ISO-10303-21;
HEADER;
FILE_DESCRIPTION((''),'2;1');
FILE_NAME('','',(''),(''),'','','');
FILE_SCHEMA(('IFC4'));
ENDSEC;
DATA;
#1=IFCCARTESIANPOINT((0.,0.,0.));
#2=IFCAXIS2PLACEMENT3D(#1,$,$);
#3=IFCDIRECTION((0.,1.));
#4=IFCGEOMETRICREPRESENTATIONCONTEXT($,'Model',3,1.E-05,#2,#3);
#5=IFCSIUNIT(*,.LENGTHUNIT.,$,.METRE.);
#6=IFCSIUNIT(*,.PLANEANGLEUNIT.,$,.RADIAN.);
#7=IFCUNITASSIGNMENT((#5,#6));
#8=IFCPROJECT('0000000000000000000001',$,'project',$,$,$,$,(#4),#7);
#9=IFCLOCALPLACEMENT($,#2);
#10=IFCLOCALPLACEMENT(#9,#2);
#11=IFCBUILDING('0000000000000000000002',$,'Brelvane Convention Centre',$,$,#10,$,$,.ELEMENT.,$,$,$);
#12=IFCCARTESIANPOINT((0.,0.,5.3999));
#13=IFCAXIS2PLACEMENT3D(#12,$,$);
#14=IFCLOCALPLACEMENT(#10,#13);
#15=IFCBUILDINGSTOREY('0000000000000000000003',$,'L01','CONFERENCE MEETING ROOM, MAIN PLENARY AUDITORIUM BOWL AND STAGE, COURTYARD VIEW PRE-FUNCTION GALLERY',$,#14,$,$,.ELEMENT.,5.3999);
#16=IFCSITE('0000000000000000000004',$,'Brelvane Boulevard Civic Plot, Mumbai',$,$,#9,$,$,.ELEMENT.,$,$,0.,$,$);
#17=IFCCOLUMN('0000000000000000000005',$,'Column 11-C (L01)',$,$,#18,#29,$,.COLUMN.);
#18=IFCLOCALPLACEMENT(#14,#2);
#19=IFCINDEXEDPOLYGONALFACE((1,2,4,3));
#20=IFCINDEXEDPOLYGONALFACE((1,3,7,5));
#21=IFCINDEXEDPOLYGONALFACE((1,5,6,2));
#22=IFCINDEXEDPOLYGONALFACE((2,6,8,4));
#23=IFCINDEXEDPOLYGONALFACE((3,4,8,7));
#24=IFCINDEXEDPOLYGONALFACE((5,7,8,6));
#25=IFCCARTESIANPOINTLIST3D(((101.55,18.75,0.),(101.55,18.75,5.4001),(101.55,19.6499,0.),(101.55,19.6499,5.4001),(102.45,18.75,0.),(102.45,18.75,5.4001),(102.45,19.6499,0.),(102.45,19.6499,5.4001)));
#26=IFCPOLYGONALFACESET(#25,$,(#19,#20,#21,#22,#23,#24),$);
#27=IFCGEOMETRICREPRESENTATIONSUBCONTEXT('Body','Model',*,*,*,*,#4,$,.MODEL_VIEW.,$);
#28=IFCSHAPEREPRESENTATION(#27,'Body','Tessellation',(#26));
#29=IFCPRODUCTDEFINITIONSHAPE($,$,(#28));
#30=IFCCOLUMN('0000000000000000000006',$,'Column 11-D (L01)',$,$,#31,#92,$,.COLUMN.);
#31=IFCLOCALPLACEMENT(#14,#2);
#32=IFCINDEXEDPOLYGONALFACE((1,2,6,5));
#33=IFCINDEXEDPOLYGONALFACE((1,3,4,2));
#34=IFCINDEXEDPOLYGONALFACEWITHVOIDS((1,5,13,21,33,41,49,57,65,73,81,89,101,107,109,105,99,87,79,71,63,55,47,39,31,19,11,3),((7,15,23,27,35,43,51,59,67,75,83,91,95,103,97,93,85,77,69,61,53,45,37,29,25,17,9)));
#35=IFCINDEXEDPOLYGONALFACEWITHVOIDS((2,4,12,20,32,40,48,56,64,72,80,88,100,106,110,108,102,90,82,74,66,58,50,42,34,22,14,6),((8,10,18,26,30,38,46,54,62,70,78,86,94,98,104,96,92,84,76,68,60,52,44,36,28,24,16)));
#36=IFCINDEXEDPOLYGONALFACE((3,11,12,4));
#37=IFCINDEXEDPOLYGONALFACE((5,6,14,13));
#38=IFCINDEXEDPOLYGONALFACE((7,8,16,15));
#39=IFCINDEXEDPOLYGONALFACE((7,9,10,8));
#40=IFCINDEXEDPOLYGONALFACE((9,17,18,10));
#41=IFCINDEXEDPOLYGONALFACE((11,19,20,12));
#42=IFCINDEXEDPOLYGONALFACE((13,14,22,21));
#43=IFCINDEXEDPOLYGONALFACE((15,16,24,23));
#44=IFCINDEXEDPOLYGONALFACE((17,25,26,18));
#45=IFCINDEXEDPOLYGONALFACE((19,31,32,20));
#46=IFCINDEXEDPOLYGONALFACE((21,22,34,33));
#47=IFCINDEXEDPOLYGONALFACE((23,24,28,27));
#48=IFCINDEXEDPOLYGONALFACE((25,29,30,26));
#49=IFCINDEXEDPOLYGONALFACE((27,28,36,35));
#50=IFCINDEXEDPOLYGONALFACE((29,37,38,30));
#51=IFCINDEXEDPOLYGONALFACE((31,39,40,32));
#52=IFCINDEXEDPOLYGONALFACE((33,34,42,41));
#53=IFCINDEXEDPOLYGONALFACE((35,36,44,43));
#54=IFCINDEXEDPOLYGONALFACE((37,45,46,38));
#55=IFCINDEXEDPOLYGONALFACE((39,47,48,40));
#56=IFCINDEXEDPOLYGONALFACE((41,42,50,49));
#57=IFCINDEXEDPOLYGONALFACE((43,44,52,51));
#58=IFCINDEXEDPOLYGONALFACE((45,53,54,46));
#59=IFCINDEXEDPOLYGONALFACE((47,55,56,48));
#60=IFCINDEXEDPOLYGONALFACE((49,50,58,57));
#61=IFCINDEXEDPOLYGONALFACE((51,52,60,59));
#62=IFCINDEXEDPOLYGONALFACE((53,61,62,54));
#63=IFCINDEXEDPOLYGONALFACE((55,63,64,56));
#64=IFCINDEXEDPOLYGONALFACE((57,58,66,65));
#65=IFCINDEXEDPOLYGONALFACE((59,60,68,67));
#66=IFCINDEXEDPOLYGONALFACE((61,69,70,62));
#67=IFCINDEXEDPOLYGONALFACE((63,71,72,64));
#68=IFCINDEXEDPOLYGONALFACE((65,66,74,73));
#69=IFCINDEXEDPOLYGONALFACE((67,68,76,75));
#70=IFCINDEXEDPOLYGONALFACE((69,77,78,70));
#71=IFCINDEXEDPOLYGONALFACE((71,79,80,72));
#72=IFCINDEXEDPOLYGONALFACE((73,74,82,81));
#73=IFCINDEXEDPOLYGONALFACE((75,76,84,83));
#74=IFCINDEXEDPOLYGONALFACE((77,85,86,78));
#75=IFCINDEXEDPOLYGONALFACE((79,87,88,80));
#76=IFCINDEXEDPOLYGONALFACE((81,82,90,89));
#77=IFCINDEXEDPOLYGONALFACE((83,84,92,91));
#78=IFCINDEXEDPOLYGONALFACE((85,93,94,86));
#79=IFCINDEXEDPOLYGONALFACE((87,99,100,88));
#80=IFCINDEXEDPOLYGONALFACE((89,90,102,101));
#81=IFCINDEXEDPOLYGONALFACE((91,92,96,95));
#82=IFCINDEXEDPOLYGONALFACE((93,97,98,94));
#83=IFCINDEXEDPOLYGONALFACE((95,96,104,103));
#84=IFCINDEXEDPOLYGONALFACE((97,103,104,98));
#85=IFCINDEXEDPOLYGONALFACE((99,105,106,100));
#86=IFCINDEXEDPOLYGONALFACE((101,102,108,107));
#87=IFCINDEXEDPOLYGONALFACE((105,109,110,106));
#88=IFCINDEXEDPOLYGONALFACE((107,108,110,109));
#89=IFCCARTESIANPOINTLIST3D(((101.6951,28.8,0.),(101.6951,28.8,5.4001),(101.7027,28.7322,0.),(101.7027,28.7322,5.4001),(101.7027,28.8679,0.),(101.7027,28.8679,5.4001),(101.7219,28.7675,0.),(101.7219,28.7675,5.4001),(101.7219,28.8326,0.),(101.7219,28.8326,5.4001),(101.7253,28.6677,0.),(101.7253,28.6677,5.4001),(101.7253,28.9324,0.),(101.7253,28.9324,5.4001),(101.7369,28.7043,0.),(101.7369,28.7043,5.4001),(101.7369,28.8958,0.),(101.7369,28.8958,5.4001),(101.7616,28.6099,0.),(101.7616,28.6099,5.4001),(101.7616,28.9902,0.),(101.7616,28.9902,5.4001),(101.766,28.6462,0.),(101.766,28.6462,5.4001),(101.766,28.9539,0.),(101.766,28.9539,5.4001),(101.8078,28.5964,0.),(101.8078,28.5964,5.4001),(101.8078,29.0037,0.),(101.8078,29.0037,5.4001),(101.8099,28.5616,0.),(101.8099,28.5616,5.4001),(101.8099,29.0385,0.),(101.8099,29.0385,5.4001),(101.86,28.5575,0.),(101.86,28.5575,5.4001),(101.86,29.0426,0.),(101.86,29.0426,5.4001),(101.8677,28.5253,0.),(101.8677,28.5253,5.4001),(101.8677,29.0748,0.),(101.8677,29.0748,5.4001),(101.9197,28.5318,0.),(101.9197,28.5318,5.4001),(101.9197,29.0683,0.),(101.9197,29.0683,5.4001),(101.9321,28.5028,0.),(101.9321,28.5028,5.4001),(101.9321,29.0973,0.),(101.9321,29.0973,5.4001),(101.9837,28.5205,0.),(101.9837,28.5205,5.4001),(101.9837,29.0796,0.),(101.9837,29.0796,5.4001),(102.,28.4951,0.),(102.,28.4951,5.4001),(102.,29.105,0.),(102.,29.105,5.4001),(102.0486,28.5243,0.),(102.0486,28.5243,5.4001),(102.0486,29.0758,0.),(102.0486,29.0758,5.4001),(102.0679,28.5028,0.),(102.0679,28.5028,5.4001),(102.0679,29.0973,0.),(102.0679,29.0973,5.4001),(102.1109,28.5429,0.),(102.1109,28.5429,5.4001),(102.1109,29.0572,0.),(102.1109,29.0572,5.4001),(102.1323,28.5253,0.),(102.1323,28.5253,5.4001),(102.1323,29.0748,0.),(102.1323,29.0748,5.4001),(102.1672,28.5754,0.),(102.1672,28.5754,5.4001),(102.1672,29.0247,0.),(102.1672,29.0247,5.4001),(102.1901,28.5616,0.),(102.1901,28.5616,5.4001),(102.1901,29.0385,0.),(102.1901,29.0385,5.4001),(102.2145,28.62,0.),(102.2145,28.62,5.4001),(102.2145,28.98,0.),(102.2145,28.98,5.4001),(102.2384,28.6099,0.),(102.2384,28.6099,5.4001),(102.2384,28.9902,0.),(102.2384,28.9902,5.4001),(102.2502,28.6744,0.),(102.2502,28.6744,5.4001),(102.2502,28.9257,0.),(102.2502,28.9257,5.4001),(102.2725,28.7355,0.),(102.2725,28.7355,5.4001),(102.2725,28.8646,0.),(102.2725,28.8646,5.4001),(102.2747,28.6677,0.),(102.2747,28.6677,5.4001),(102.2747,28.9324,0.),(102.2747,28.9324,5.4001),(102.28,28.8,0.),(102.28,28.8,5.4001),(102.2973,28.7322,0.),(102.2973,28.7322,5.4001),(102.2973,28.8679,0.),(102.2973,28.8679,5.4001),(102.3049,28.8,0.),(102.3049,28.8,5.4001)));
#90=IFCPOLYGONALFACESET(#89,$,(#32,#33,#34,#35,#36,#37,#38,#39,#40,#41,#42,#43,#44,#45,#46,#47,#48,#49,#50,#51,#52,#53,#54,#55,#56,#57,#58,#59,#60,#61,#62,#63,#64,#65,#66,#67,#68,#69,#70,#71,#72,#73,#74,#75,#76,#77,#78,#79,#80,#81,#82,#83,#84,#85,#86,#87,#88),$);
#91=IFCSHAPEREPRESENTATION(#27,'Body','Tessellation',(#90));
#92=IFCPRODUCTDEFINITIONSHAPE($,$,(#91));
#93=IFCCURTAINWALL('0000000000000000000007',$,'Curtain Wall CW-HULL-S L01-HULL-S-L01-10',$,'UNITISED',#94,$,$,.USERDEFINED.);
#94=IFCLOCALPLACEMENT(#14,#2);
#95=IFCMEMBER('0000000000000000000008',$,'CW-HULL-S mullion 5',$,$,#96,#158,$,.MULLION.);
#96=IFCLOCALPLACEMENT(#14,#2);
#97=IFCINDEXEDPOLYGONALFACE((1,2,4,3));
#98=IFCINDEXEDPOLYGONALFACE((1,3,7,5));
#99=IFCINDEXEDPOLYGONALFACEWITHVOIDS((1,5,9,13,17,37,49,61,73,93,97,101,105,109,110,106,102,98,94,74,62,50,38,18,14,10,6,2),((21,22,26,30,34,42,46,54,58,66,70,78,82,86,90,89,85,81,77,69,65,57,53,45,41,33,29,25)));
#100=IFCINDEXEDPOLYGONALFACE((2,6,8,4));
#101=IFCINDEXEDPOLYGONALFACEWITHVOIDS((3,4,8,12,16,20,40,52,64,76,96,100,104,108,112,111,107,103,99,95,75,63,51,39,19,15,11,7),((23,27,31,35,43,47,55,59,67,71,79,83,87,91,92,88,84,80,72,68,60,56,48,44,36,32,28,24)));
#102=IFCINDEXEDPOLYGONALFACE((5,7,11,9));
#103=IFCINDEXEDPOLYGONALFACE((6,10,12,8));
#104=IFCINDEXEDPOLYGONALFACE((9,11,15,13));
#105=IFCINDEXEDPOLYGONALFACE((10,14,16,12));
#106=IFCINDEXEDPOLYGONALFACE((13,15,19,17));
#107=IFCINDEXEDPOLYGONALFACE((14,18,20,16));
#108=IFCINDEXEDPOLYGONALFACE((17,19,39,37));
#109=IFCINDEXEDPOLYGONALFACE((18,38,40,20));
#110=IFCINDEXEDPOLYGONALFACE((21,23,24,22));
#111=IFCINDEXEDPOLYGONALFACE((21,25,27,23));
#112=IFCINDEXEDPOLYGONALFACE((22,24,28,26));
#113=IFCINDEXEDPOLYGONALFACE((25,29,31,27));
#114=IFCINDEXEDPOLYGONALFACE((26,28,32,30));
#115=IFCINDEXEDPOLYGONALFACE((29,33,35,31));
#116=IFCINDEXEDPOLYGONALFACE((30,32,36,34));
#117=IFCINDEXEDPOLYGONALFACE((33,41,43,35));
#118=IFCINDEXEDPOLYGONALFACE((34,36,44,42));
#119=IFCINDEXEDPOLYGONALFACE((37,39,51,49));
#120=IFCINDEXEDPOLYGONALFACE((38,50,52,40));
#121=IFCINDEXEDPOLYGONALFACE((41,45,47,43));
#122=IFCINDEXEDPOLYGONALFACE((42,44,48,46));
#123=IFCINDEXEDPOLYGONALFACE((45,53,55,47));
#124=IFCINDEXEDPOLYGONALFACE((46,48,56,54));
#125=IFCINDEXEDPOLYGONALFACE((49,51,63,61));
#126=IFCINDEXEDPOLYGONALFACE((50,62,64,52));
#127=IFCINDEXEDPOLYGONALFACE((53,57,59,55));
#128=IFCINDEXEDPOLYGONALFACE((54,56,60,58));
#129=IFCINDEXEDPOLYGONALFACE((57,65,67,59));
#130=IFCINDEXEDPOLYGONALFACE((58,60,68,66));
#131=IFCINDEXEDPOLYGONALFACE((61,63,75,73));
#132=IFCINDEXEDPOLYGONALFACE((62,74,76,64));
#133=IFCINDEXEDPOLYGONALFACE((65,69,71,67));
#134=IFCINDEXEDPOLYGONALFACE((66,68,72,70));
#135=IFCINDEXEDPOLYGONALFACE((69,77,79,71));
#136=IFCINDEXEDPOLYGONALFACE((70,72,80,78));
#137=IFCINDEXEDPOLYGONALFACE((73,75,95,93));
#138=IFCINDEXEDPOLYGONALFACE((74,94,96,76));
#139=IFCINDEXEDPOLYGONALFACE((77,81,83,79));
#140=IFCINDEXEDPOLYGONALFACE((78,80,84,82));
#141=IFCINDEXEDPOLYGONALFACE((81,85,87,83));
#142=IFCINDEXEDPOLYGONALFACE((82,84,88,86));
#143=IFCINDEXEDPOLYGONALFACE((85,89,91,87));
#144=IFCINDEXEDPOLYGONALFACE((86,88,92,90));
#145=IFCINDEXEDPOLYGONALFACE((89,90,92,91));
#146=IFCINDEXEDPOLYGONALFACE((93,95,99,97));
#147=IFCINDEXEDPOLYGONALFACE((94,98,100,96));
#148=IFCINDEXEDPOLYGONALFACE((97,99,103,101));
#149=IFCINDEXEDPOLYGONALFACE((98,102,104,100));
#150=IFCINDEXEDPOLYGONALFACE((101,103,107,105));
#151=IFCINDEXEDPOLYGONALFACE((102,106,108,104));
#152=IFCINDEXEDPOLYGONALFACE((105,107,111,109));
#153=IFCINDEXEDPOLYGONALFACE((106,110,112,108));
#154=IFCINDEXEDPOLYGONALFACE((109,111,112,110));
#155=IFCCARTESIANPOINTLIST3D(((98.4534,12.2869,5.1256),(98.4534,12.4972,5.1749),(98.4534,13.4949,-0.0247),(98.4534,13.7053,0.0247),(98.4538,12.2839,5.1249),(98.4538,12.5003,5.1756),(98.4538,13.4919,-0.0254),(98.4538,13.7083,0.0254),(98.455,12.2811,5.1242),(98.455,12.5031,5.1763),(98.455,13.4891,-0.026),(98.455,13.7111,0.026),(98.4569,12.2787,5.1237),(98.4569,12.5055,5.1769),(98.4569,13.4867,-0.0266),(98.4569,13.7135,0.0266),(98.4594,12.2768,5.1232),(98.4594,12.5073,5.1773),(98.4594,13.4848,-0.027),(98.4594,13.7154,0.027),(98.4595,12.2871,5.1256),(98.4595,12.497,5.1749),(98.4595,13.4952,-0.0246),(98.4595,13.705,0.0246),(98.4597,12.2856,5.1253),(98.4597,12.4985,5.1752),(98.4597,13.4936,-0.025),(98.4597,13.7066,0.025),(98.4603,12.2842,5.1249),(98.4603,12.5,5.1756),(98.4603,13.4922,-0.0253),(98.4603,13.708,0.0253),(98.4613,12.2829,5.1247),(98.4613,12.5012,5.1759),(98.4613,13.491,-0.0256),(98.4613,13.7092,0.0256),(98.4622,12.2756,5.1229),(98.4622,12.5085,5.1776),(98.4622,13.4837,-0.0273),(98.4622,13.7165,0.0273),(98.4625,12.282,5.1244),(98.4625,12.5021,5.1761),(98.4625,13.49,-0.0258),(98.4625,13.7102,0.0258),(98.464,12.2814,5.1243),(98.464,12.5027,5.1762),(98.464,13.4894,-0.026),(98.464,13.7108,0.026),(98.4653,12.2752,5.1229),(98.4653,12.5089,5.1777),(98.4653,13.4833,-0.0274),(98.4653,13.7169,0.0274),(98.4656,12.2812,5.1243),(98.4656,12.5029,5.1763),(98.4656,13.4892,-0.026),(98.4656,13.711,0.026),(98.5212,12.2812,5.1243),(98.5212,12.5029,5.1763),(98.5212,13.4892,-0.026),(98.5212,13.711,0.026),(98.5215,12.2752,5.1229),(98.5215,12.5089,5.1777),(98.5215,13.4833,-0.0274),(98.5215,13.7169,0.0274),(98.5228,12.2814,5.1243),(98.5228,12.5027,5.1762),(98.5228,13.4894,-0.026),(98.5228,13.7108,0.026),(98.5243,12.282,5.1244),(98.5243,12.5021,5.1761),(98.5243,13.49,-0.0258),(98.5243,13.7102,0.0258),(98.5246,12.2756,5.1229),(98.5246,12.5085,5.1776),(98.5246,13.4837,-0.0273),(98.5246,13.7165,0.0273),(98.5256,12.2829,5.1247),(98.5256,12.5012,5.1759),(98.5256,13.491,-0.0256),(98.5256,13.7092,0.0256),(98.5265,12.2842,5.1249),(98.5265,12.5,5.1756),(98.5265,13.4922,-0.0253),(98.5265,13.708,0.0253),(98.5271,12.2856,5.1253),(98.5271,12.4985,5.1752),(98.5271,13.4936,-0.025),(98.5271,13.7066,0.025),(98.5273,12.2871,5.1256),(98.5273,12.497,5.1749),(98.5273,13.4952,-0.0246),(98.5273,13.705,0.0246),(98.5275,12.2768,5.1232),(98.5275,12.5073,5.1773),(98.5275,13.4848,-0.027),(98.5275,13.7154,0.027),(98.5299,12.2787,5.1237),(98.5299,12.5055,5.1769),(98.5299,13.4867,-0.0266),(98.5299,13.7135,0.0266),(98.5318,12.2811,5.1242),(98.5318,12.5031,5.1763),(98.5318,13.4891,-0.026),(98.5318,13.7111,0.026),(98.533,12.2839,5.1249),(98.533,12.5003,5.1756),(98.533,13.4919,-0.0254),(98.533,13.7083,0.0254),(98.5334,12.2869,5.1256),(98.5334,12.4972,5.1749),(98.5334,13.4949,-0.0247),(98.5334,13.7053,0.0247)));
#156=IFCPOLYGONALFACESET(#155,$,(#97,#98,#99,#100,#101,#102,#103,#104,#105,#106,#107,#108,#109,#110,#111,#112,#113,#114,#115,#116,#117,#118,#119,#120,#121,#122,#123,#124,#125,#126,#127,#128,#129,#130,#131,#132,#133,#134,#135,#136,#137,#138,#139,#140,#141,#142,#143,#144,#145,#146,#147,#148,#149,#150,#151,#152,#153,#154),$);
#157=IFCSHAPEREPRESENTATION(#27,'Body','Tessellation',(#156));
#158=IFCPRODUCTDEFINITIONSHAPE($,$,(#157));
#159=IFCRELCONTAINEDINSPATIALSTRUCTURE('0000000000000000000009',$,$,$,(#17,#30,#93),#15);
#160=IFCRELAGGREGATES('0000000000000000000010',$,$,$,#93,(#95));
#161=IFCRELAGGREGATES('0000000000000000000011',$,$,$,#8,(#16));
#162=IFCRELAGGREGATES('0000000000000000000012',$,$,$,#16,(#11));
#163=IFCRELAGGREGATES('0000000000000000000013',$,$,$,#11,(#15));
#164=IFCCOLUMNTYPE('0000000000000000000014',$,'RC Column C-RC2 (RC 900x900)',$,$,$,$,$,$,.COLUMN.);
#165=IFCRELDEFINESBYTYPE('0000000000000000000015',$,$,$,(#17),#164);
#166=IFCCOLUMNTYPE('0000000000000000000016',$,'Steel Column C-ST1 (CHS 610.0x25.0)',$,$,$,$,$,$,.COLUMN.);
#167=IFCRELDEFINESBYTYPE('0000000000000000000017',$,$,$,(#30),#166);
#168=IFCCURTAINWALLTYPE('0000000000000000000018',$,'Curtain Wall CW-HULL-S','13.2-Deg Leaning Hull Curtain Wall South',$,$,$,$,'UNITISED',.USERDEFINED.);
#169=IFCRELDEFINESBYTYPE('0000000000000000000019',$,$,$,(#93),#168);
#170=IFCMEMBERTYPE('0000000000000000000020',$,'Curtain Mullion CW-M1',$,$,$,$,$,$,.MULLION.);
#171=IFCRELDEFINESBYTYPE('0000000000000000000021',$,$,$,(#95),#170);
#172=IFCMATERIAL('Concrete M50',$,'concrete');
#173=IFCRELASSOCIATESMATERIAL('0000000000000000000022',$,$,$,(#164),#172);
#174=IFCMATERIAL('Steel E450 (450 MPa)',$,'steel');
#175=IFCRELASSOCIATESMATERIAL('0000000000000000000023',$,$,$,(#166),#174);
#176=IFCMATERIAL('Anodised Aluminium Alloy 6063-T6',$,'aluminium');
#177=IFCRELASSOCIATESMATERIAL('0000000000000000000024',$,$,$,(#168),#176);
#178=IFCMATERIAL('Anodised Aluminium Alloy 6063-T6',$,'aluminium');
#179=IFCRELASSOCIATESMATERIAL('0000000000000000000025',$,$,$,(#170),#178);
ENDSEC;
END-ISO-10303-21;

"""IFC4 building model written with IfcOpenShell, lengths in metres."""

from ifc_helpers import new_model, si_unit, direction, frame, origin, origin_2d, place, context, subcontext, project, spatial, rectangle, hollow_rectangle, hollow_circle, extrude, material, material_profile, profile_set, type_object, element, aggregate, save


model = new_model("IFC4")

# Units and contexts
model_context = context("Model", 3, precision=1e-05, world=origin(), true_north=direction((0.0, 1.0)))
body_context = subcontext(model_context, "Body", "Model", "MODEL_VIEW")
ifc_project = project(units=[si_unit("LENGTHUNIT", "METRE"), si_unit("PLANEANGLEUNIT", "RADIAN")], contexts=[model_context])

# Site, building, storey
site_placement = place(None, origin())
site = spatial("IfcSite", under=ifc_project, at=site_placement, Name="Brelvane Boulevard Civic Plot, Mumbai", CompositionType="ELEMENT", RefElevation=0.0)
building_placement = place(site_placement, origin())
building = spatial("IfcBuilding", under=site, at=building_placement, Name="Brelvane Convention Centre", CompositionType="ELEMENT")
storey_placement = place(building_placement, frame((0.0, 0.0, 5.3999)))
storey = spatial("IfcBuildingStorey", under=building, at=storey_placement, Name="L01", Description="CONFERENCE MEETING ROOM, MAIN PLENARY AUDITORIUM BOWL AND STAGE, COURTYARD VIEW PRE-FUNCTION GALLERY", CompositionType="ELEMENT", Elevation=5.3999)

# Columns
ifc_material_1 = material(Name="Concrete M50", Category="concrete")
ifc_material_profile_1 = material_profile(ifc_material_1, rectangle(XDim=0.8999, YDim=0.8999, at=origin_2d()), Name="RC 900x900")
ifc_profile_set_1 = profile_set([ifc_material_profile_1], Name="Concrete M50")
column_type_1 = type_object("IfcColumnType", Name="RC Column C-RC2 (RC 900x900)", PredefinedType="COLUMN", material=ifc_profile_set_1)
column_1_placement = place(storey_placement, frame((102.0, 19.2, 0.0), z_axis=(0.0, 0.0, 1.0), x_axis=(1.0, 0.0, 0.0)))
element("IfcColumn", 1, at=column_1_placement, inside=storey, type_object=column_type_1, Name="Column 11-C (L01)", PredefinedType="COLUMN", context=body_context, shape_type="SweptSolid", body=[
    extrude(rectangle(XDim=0.8999, YDim=0.8999, at=origin_2d()), origin(), (0.0, 0.0, 1.0), 5.4001),
])
ifc_material_2 = material(Name="Steel E450 (450 MPa)", Category="steel")
ifc_material_profile_2 = material_profile(ifc_material_2, hollow_circle(Radius=0.3049, WallThickness=0.0249, at=origin_2d()), Name="CHS 610.0x25.0")
ifc_profile_set_2 = profile_set([ifc_material_profile_2], Name="Steel E450 (450 MPa)")
column_type_2 = type_object("IfcColumnType", Name="Steel Column C-ST1 (CHS 610.0x25.0)", PredefinedType="COLUMN", material=ifc_profile_set_2)
column_2_placement = place(storey_placement, frame((102.0, 28.8, 0.0), z_axis=(0.0, 0.0, 1.0), x_axis=(1.0, 0.0, 0.0)))
element("IfcColumn", 2, at=column_2_placement, inside=storey, type_object=column_type_2, Name="Column 11-D (L01)", PredefinedType="COLUMN", context=body_context, shape_type="SweptSolid", body=[
    extrude(hollow_circle(Radius=0.3049, WallThickness=0.0249, at=origin_2d()), origin(), (0.0, 0.0, 1.0), 5.4001),
])

# Curtain wall, member
ifc_material_3 = material(Name="Anodised Aluminium Alloy 6063-T6", Category="aluminium")
curtain_wall_type = type_object("IfcCurtainWallType", Name="Curtain Wall CW-HULL-S", Description="13.2-Deg Leaning Hull Curtain Wall South", ElementType="UNITISED", PredefinedType="USERDEFINED", material=ifc_material_3)
curtain_wall_1_placement = place(storey_placement, origin())
curtain_wall_1 = element("IfcCurtainWall", 3, at=curtain_wall_1_placement, inside=storey, type_object=curtain_wall_type, Name="Curtain Wall CW-HULL-S L01-HULL-S-L01-10", ObjectType="UNITISED", PredefinedType="USERDEFINED")
ifc_material_4 = material(Name="Anodised Aluminium Alloy 6063-T6", Category="aluminium")
ifc_material_profile_3 = material_profile(ifc_material_4, hollow_rectangle(XDim=0.0801, YDim=0.24, WallThickness=0.0061, InnerFilletRadius=0.0061, OuterFilletRadius=0.012, at=origin_2d()), Name="ALU-M 240x80x6.0")
ifc_profile_set_3 = profile_set([ifc_material_profile_3], Name="Anodised Aluminium Alloy 6063-T6")
member_type_1 = type_object("IfcMemberType", Name="Curtain Mullion CW-M1", PredefinedType="MULLION", material=ifc_profile_set_3)
member_1_placement = place(storey_placement, frame((98.4934, 13.6001, 0.0), z_axis=(0.0, -0.22836, 0.973577), x_axis=(1.0, 0.0, 0.0)))
member_1 = element("IfcMember", 4, at=member_1_placement, type_object=member_type_1, Name="CW-HULL-S mullion 5", PredefinedType="MULLION", context=body_context, shape_type="SweptSolid", body=[
    extrude(hollow_rectangle(XDim=0.0801, YDim=0.24, WallThickness=0.0061, InnerFilletRadius=0.0061, OuterFilletRadius=0.012, at=origin_2d()), origin(), (0.0, 0.0, 1.0), 5.29),
])

aggregate(curtain_wall_1, [member_1])

save(model, "model.ifc")
